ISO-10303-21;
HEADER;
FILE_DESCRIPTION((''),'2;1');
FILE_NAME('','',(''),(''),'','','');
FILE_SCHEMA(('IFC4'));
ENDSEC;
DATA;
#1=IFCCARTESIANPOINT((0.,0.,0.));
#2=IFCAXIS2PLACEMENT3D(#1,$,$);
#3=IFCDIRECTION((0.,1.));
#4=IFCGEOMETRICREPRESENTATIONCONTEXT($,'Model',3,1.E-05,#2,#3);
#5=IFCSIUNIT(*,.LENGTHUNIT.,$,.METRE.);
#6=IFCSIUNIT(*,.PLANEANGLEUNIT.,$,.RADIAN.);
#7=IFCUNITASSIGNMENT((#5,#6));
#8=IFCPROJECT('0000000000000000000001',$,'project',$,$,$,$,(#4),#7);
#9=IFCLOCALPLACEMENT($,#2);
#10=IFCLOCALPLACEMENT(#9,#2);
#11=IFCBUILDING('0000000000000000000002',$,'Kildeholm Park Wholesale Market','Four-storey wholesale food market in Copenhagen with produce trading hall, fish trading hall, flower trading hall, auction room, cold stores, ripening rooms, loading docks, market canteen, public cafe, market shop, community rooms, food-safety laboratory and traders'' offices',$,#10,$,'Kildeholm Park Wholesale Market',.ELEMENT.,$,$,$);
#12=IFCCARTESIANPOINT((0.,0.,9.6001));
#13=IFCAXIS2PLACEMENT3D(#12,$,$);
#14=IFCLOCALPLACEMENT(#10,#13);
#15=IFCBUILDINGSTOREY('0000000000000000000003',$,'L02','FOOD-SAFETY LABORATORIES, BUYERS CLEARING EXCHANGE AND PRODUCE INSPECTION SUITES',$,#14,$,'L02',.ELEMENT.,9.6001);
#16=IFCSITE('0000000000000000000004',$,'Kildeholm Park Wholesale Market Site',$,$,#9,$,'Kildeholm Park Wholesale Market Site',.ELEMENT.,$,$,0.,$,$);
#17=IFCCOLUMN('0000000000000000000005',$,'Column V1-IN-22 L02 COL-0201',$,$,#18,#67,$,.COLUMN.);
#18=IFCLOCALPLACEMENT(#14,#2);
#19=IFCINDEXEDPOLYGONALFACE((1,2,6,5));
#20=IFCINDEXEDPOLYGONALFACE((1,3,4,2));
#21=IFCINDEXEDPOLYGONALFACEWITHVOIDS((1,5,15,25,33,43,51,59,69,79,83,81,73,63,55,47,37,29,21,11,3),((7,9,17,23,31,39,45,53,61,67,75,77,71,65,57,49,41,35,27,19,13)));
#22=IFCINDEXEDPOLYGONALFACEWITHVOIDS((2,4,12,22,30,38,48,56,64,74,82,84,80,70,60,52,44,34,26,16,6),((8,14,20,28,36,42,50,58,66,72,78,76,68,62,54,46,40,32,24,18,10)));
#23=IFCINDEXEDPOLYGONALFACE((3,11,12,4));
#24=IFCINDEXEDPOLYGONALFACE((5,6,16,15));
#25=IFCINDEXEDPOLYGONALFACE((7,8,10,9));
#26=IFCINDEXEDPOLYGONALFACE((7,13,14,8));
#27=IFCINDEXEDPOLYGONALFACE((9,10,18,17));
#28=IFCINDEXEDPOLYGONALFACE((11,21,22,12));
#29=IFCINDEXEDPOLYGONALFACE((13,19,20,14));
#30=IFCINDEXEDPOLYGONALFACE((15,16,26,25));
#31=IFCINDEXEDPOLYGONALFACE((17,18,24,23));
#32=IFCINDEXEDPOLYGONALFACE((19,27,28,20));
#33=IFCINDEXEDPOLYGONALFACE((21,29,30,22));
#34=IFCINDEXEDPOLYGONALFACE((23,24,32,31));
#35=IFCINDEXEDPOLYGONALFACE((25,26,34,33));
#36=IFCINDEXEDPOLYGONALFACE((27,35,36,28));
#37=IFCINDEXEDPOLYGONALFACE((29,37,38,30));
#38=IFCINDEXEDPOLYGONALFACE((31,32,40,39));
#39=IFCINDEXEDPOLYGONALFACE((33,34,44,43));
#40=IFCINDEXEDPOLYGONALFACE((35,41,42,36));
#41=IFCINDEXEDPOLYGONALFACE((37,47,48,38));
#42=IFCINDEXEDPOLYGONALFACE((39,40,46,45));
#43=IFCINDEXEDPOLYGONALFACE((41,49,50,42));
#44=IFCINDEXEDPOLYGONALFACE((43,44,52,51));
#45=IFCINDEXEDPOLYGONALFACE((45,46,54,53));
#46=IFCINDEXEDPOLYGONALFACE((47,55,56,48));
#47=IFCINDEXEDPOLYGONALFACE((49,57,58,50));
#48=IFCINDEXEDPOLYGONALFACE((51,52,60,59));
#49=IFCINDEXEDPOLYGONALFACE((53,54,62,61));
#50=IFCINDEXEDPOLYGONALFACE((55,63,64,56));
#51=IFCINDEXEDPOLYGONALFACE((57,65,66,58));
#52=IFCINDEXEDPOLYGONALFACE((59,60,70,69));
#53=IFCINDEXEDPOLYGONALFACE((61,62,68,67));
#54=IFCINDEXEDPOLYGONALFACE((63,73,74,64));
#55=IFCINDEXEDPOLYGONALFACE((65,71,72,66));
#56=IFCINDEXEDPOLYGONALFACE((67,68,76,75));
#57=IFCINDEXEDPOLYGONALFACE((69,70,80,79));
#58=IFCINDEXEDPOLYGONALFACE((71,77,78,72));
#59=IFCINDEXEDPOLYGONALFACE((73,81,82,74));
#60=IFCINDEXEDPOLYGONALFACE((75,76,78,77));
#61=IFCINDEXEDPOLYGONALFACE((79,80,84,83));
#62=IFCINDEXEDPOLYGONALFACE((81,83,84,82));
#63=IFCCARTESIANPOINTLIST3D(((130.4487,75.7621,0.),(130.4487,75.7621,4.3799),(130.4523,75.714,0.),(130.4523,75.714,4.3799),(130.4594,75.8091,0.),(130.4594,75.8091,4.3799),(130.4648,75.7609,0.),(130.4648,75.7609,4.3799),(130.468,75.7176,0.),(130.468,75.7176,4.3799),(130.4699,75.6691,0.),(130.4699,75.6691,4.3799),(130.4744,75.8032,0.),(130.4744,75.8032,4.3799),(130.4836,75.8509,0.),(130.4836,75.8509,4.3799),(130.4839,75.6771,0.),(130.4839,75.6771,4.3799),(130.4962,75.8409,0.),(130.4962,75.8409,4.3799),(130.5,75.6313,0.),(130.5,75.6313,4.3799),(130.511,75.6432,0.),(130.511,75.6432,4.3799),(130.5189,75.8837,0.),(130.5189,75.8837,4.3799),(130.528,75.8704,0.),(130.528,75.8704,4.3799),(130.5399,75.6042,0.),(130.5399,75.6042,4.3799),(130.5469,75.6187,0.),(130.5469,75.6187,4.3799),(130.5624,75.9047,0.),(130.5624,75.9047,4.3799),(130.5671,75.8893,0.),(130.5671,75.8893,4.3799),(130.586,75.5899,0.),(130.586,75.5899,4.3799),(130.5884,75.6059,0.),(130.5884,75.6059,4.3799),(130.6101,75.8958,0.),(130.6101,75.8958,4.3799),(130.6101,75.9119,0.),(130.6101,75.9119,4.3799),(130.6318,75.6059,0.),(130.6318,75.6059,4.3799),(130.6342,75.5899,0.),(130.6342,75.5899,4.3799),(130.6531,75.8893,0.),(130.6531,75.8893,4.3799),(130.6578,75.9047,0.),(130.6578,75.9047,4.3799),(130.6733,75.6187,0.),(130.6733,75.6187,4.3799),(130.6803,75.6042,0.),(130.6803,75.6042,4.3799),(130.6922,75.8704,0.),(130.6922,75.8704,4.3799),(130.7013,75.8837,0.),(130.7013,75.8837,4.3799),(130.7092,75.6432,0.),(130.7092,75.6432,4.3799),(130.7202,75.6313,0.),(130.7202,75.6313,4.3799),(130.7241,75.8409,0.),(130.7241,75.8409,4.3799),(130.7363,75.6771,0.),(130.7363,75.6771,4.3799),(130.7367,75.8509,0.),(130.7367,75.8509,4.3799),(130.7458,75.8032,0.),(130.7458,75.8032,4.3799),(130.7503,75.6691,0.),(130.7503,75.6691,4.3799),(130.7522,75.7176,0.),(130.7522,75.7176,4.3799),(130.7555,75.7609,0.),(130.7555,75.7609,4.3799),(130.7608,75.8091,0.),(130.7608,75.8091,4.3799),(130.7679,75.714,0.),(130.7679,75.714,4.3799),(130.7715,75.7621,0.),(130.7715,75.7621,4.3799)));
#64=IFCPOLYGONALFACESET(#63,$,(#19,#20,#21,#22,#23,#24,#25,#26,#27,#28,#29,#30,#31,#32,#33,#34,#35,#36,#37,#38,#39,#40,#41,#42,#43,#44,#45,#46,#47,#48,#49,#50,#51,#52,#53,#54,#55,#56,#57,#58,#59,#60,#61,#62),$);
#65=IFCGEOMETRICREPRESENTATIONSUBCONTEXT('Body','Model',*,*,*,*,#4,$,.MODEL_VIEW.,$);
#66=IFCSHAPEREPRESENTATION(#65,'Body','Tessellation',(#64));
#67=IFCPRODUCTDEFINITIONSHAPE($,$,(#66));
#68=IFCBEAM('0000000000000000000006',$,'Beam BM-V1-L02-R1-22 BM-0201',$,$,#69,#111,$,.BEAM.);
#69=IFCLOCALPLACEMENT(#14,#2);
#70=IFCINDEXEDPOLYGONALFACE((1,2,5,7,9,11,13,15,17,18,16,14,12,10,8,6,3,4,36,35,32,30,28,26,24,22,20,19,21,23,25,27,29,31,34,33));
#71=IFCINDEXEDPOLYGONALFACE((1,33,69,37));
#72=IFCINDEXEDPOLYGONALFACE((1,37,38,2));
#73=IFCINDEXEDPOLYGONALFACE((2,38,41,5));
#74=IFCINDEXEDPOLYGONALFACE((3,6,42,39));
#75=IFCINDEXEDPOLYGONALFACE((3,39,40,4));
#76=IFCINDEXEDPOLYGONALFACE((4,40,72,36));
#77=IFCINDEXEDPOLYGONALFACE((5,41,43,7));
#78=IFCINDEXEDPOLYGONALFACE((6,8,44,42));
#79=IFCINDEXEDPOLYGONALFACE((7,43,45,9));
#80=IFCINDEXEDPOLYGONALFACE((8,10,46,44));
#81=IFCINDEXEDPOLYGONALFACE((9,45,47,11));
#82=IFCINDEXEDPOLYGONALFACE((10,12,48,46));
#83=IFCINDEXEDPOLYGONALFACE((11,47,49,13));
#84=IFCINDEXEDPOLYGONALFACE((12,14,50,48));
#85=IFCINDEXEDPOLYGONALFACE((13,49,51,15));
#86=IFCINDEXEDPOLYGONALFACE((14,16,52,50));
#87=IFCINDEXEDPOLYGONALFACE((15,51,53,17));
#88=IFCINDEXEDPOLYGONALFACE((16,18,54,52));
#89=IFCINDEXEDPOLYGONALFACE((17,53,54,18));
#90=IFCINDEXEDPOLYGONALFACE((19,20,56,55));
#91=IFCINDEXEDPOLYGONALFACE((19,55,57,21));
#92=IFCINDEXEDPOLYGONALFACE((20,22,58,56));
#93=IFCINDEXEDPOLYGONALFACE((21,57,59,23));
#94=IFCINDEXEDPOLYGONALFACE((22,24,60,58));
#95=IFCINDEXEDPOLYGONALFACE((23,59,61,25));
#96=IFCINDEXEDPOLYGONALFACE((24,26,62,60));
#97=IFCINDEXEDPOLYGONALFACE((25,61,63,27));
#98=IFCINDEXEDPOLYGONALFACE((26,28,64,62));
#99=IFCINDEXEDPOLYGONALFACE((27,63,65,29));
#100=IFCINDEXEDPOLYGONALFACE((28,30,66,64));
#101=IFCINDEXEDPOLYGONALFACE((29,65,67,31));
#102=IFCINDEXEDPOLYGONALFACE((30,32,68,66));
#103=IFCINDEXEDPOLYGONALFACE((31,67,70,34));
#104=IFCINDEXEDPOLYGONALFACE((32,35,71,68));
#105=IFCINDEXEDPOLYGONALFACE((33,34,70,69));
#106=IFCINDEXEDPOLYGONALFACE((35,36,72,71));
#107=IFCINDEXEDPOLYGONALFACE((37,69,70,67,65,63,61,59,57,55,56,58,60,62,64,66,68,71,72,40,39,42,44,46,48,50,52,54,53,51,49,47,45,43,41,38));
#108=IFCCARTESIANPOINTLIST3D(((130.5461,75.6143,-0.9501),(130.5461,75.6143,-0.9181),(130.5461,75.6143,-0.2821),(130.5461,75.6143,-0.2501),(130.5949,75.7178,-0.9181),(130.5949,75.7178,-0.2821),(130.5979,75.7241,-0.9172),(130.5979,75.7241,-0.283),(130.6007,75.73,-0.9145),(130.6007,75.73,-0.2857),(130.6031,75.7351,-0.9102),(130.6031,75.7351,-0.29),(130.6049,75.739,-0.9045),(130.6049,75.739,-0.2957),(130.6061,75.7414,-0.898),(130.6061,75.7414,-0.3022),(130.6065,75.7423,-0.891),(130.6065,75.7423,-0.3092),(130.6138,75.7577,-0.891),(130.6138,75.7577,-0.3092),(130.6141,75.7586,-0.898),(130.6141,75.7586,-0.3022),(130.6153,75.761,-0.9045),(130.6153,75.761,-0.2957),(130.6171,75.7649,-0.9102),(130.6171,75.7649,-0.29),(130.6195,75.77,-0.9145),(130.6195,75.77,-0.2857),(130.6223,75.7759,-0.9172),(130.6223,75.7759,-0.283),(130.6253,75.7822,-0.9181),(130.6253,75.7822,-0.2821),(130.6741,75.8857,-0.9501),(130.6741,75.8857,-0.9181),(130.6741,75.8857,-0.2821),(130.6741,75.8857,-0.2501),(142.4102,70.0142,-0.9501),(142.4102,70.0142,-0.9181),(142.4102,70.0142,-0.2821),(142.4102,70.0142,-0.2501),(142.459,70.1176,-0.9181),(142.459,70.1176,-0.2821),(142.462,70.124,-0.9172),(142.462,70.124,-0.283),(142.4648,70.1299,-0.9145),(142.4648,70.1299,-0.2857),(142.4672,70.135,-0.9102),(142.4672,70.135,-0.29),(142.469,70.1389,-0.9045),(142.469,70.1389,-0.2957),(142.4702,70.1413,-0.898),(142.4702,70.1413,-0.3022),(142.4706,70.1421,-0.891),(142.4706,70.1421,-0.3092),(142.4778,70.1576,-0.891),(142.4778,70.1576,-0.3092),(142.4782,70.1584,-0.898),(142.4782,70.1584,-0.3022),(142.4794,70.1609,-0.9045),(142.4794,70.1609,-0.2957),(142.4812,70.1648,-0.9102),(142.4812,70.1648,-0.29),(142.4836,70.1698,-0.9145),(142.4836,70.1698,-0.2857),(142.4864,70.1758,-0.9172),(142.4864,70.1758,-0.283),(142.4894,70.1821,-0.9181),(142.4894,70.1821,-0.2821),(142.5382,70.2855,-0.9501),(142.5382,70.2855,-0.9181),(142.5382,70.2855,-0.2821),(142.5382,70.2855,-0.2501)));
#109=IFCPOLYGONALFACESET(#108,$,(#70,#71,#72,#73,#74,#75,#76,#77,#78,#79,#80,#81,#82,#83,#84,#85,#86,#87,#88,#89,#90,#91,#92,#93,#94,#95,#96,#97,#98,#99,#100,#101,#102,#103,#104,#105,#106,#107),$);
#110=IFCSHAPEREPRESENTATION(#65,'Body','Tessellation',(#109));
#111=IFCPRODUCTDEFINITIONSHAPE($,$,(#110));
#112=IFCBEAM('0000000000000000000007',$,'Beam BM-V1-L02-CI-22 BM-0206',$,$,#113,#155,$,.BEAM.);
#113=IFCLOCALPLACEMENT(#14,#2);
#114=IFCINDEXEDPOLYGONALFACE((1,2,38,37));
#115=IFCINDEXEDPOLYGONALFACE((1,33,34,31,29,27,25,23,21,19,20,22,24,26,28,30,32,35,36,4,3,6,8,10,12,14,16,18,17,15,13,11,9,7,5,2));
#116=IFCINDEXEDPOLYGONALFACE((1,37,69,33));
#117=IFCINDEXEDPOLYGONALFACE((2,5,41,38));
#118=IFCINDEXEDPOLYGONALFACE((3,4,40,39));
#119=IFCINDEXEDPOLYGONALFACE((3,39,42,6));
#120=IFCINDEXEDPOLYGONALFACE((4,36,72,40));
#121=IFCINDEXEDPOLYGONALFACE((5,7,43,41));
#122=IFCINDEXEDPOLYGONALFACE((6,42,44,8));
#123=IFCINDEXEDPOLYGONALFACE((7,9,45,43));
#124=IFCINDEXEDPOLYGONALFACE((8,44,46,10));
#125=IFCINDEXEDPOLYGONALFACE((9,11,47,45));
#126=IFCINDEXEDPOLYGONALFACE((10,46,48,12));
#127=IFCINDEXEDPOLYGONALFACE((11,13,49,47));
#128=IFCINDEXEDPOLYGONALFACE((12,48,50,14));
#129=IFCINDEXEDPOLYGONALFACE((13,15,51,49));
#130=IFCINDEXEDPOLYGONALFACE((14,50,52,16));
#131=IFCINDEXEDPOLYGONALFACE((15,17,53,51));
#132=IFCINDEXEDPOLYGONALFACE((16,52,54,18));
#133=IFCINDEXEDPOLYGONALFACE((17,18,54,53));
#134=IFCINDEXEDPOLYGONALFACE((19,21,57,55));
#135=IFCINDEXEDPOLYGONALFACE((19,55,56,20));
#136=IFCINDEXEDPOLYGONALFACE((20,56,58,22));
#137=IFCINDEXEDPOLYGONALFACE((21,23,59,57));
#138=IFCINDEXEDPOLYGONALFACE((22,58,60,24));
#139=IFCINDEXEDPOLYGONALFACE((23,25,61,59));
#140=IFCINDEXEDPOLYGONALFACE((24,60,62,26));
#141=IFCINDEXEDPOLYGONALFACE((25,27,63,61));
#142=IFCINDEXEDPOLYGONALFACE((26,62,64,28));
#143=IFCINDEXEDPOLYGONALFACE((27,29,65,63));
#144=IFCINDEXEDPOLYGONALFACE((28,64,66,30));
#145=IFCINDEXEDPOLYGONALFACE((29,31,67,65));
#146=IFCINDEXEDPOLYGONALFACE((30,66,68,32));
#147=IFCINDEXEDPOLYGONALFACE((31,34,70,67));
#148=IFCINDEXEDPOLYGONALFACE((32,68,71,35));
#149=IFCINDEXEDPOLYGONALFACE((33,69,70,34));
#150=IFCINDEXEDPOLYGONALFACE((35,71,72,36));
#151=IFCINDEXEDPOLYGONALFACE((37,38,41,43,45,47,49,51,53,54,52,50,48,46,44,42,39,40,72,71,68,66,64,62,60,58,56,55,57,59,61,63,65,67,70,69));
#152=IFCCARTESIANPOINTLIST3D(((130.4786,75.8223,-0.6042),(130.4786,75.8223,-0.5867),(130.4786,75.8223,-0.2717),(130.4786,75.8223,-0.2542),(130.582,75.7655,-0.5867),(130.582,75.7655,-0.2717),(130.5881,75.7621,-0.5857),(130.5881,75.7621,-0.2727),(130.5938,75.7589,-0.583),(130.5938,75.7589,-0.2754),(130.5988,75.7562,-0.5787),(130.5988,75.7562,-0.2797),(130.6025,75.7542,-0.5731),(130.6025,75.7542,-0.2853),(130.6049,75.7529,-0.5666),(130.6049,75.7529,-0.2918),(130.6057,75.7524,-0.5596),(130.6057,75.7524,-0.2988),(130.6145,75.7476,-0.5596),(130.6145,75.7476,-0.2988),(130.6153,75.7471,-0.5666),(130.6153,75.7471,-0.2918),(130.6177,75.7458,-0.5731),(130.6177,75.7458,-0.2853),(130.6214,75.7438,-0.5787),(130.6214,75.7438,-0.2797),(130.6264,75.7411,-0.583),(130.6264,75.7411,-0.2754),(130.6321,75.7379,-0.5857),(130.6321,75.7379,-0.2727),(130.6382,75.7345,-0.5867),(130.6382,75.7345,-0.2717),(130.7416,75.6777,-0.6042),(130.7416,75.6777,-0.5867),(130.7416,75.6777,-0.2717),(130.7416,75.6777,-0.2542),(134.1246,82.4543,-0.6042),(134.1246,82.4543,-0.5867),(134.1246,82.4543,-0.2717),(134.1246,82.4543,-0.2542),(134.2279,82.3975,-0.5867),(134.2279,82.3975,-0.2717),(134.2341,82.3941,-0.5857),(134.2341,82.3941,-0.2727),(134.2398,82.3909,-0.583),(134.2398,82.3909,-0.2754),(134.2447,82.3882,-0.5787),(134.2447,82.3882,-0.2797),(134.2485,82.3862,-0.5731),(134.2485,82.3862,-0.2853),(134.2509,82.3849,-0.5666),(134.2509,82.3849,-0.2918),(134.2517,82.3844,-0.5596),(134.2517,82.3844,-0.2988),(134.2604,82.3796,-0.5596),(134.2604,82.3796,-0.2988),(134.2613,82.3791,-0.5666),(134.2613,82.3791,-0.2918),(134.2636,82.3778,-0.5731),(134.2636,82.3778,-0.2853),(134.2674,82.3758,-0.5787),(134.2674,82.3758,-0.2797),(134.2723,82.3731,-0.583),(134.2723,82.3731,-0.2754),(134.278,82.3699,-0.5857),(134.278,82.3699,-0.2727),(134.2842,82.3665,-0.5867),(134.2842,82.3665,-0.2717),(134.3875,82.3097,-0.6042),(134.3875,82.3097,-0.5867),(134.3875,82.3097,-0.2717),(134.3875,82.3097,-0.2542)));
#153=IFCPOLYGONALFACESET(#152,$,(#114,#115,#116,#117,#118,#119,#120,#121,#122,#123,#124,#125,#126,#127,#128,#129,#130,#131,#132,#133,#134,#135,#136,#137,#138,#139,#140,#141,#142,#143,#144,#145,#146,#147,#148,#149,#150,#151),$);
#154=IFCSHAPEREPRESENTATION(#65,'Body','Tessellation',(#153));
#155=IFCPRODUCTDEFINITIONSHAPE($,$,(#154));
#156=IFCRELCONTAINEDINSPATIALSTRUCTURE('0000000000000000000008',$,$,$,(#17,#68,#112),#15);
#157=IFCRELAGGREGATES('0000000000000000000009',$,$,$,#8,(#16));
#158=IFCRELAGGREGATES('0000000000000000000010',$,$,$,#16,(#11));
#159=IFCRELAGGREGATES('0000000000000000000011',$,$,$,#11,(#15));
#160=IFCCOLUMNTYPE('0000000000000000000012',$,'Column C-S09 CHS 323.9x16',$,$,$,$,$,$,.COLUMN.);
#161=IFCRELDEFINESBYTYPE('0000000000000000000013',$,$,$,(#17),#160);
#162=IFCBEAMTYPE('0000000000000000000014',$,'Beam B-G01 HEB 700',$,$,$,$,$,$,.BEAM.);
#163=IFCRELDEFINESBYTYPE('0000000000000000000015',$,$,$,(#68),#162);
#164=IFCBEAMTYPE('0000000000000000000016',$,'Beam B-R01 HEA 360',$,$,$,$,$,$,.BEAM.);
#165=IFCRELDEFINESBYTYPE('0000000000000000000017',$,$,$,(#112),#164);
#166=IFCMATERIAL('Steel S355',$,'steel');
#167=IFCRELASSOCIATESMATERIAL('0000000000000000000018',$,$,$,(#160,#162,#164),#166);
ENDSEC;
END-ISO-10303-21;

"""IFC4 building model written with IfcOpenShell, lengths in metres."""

from ifc_helpers import new_model, si_unit, direction, frame, origin, origin_2d, place, context, subcontext, project, spatial, hollow_circle, i_section, extrude, material, material_profile, profile_set, type_object, element, save


model = new_model("IFC4")

# Units and contexts
model_context = context("Model", 3, precision=1e-05, world=origin(), true_north=direction((0.0, 1.0)))
body_context = subcontext(model_context, "Body", "Model", "MODEL_VIEW")
ifc_project = project(units=[si_unit("LENGTHUNIT", "METRE"), si_unit("PLANEANGLEUNIT", "RADIAN")], contexts=[model_context])

# Site, building, storey
site_placement = place(None, origin())
site = spatial("IfcSite", under=ifc_project, at=site_placement, Name="Kildeholm Park Wholesale Market Site", LongName="Kildeholm Park Wholesale Market Site", CompositionType="ELEMENT", RefElevation=0.0)
building_placement = place(site_placement, origin())
building = spatial("IfcBuilding", under=site, at=building_placement, Name="Kildeholm Park Wholesale Market", Description="Four-storey wholesale food market in Copenhagen with produce trading hall, fish trading hall, flower trading hall, auction room, cold stores, ripening rooms, loading docks, market canteen, public cafe, market shop, community rooms, food-safety laboratory and traders' offices", LongName="Kildeholm Park Wholesale Market", CompositionType="ELEMENT")
storey_placement = place(building_placement, frame((0.0, 0.0, 9.6001)))
storey = spatial("IfcBuildingStorey", under=building, at=storey_placement, Name="L02", Description="FOOD-SAFETY LABORATORIES, BUYERS CLEARING EXCHANGE AND PRODUCE INSPECTION SUITES", LongName="L02", CompositionType="ELEMENT", Elevation=9.6001)

# Column
ifc_material_1 = material(Name="Steel S355", Category="steel")
ifc_material_profile_1 = material_profile(ifc_material_1, hollow_circle(Radius=0.1619, WallThickness=0.0161, at=origin_2d()), Name="CHS 323.9x16")
ifc_profile_set_1 = profile_set([ifc_material_profile_1], Name="Steel S355")
column_type = type_object("IfcColumnType", Name="Column C-S09 CHS 323.9x16", PredefinedType="COLUMN", material=ifc_profile_set_1)
column_placement = place(storey_placement, frame((130.6101, 75.75, 0.0), z_axis=(0.0, 0.0, 1.0), x_axis=(0.866025, -0.5, 0.0)))
element("IfcColumn", 1, at=column_placement, inside=storey, type_object=column_type, Name="Column V1-IN-22 L02 COL-0201", PredefinedType="COLUMN", context=body_context, shape_type="SweptSolid", body=[
    extrude(hollow_circle(Radius=0.1619, WallThickness=0.0161, at=origin_2d()), origin(), (0.0, 0.0, 1.0), 4.3799),
])

# Beams
ifc_material_profile_2 = material_profile(ifc_material_1, i_section(OverallWidth=0.3, OverallDepth=0.7, WebThickness=0.0171, FlangeThickness=0.032, FilletRadius=0.0271, at=origin_2d()), Name="HEB 700")
ifc_profile_set_2 = profile_set([ifc_material_profile_2], Name="Steel S355")
beam_type_1 = type_object("IfcBeamType", Name="Beam B-G01 HEB 700", PredefinedType="BEAM", material=ifc_profile_set_2)
beam_1_placement = place(storey_placement, frame((130.6101, 75.75, -0.6001), z_axis=(0.904318, -0.42686, 0.0), x_axis=(0.42686, 0.904318, 0.0)))
element("IfcBeam", 2, at=beam_1_placement, inside=storey, type_object=beam_type_1, Name="Beam BM-V1-L02-R1-22 BM-0201", PredefinedType="BEAM", context=body_context, shape_type="SweptSolid", body=[
    extrude(i_section(OverallWidth=0.3, OverallDepth=0.7, WebThickness=0.0171, FlangeThickness=0.032, FilletRadius=0.0271, at=origin_2d()), origin(), (0.0, 0.0, 1.0), 13.1194),
])
ifc_material_profile_3 = material_profile(ifc_material_1, i_section(OverallWidth=0.3, OverallDepth=0.3501, WebThickness=0.01, FlangeThickness=0.0176, FilletRadius=0.0271, at=origin_2d()), Name="HEA 360")
ifc_profile_set_3 = profile_set([ifc_material_profile_3], Name="Steel S355")
beam_type_2 = type_object("IfcBeamType", Name="Beam B-R01 HEA 360", PredefinedType="BEAM", material=ifc_profile_set_3)
beam_2_placement = place(storey_placement, frame((130.6101, 75.75, -0.4292), z_axis=(0.481752, 0.876308, 0.0), x_axis=(-0.876308, 0.481752, 0.0)))
element("IfcBeam", 3, at=beam_2_placement, inside=storey, type_object=beam_type_2, Name="Beam BM-V1-L02-CI-22 BM-0206", PredefinedType="BEAM", context=body_context, shape_type="SweptSolid", body=[
    extrude(i_section(OverallWidth=0.3, OverallDepth=0.3501, WebThickness=0.01, FlangeThickness=0.0176, FilletRadius=0.0271, at=origin_2d()), origin(), (0.0, 0.0, 1.0), 7.5681),
])

save(model, "model.ifc")
